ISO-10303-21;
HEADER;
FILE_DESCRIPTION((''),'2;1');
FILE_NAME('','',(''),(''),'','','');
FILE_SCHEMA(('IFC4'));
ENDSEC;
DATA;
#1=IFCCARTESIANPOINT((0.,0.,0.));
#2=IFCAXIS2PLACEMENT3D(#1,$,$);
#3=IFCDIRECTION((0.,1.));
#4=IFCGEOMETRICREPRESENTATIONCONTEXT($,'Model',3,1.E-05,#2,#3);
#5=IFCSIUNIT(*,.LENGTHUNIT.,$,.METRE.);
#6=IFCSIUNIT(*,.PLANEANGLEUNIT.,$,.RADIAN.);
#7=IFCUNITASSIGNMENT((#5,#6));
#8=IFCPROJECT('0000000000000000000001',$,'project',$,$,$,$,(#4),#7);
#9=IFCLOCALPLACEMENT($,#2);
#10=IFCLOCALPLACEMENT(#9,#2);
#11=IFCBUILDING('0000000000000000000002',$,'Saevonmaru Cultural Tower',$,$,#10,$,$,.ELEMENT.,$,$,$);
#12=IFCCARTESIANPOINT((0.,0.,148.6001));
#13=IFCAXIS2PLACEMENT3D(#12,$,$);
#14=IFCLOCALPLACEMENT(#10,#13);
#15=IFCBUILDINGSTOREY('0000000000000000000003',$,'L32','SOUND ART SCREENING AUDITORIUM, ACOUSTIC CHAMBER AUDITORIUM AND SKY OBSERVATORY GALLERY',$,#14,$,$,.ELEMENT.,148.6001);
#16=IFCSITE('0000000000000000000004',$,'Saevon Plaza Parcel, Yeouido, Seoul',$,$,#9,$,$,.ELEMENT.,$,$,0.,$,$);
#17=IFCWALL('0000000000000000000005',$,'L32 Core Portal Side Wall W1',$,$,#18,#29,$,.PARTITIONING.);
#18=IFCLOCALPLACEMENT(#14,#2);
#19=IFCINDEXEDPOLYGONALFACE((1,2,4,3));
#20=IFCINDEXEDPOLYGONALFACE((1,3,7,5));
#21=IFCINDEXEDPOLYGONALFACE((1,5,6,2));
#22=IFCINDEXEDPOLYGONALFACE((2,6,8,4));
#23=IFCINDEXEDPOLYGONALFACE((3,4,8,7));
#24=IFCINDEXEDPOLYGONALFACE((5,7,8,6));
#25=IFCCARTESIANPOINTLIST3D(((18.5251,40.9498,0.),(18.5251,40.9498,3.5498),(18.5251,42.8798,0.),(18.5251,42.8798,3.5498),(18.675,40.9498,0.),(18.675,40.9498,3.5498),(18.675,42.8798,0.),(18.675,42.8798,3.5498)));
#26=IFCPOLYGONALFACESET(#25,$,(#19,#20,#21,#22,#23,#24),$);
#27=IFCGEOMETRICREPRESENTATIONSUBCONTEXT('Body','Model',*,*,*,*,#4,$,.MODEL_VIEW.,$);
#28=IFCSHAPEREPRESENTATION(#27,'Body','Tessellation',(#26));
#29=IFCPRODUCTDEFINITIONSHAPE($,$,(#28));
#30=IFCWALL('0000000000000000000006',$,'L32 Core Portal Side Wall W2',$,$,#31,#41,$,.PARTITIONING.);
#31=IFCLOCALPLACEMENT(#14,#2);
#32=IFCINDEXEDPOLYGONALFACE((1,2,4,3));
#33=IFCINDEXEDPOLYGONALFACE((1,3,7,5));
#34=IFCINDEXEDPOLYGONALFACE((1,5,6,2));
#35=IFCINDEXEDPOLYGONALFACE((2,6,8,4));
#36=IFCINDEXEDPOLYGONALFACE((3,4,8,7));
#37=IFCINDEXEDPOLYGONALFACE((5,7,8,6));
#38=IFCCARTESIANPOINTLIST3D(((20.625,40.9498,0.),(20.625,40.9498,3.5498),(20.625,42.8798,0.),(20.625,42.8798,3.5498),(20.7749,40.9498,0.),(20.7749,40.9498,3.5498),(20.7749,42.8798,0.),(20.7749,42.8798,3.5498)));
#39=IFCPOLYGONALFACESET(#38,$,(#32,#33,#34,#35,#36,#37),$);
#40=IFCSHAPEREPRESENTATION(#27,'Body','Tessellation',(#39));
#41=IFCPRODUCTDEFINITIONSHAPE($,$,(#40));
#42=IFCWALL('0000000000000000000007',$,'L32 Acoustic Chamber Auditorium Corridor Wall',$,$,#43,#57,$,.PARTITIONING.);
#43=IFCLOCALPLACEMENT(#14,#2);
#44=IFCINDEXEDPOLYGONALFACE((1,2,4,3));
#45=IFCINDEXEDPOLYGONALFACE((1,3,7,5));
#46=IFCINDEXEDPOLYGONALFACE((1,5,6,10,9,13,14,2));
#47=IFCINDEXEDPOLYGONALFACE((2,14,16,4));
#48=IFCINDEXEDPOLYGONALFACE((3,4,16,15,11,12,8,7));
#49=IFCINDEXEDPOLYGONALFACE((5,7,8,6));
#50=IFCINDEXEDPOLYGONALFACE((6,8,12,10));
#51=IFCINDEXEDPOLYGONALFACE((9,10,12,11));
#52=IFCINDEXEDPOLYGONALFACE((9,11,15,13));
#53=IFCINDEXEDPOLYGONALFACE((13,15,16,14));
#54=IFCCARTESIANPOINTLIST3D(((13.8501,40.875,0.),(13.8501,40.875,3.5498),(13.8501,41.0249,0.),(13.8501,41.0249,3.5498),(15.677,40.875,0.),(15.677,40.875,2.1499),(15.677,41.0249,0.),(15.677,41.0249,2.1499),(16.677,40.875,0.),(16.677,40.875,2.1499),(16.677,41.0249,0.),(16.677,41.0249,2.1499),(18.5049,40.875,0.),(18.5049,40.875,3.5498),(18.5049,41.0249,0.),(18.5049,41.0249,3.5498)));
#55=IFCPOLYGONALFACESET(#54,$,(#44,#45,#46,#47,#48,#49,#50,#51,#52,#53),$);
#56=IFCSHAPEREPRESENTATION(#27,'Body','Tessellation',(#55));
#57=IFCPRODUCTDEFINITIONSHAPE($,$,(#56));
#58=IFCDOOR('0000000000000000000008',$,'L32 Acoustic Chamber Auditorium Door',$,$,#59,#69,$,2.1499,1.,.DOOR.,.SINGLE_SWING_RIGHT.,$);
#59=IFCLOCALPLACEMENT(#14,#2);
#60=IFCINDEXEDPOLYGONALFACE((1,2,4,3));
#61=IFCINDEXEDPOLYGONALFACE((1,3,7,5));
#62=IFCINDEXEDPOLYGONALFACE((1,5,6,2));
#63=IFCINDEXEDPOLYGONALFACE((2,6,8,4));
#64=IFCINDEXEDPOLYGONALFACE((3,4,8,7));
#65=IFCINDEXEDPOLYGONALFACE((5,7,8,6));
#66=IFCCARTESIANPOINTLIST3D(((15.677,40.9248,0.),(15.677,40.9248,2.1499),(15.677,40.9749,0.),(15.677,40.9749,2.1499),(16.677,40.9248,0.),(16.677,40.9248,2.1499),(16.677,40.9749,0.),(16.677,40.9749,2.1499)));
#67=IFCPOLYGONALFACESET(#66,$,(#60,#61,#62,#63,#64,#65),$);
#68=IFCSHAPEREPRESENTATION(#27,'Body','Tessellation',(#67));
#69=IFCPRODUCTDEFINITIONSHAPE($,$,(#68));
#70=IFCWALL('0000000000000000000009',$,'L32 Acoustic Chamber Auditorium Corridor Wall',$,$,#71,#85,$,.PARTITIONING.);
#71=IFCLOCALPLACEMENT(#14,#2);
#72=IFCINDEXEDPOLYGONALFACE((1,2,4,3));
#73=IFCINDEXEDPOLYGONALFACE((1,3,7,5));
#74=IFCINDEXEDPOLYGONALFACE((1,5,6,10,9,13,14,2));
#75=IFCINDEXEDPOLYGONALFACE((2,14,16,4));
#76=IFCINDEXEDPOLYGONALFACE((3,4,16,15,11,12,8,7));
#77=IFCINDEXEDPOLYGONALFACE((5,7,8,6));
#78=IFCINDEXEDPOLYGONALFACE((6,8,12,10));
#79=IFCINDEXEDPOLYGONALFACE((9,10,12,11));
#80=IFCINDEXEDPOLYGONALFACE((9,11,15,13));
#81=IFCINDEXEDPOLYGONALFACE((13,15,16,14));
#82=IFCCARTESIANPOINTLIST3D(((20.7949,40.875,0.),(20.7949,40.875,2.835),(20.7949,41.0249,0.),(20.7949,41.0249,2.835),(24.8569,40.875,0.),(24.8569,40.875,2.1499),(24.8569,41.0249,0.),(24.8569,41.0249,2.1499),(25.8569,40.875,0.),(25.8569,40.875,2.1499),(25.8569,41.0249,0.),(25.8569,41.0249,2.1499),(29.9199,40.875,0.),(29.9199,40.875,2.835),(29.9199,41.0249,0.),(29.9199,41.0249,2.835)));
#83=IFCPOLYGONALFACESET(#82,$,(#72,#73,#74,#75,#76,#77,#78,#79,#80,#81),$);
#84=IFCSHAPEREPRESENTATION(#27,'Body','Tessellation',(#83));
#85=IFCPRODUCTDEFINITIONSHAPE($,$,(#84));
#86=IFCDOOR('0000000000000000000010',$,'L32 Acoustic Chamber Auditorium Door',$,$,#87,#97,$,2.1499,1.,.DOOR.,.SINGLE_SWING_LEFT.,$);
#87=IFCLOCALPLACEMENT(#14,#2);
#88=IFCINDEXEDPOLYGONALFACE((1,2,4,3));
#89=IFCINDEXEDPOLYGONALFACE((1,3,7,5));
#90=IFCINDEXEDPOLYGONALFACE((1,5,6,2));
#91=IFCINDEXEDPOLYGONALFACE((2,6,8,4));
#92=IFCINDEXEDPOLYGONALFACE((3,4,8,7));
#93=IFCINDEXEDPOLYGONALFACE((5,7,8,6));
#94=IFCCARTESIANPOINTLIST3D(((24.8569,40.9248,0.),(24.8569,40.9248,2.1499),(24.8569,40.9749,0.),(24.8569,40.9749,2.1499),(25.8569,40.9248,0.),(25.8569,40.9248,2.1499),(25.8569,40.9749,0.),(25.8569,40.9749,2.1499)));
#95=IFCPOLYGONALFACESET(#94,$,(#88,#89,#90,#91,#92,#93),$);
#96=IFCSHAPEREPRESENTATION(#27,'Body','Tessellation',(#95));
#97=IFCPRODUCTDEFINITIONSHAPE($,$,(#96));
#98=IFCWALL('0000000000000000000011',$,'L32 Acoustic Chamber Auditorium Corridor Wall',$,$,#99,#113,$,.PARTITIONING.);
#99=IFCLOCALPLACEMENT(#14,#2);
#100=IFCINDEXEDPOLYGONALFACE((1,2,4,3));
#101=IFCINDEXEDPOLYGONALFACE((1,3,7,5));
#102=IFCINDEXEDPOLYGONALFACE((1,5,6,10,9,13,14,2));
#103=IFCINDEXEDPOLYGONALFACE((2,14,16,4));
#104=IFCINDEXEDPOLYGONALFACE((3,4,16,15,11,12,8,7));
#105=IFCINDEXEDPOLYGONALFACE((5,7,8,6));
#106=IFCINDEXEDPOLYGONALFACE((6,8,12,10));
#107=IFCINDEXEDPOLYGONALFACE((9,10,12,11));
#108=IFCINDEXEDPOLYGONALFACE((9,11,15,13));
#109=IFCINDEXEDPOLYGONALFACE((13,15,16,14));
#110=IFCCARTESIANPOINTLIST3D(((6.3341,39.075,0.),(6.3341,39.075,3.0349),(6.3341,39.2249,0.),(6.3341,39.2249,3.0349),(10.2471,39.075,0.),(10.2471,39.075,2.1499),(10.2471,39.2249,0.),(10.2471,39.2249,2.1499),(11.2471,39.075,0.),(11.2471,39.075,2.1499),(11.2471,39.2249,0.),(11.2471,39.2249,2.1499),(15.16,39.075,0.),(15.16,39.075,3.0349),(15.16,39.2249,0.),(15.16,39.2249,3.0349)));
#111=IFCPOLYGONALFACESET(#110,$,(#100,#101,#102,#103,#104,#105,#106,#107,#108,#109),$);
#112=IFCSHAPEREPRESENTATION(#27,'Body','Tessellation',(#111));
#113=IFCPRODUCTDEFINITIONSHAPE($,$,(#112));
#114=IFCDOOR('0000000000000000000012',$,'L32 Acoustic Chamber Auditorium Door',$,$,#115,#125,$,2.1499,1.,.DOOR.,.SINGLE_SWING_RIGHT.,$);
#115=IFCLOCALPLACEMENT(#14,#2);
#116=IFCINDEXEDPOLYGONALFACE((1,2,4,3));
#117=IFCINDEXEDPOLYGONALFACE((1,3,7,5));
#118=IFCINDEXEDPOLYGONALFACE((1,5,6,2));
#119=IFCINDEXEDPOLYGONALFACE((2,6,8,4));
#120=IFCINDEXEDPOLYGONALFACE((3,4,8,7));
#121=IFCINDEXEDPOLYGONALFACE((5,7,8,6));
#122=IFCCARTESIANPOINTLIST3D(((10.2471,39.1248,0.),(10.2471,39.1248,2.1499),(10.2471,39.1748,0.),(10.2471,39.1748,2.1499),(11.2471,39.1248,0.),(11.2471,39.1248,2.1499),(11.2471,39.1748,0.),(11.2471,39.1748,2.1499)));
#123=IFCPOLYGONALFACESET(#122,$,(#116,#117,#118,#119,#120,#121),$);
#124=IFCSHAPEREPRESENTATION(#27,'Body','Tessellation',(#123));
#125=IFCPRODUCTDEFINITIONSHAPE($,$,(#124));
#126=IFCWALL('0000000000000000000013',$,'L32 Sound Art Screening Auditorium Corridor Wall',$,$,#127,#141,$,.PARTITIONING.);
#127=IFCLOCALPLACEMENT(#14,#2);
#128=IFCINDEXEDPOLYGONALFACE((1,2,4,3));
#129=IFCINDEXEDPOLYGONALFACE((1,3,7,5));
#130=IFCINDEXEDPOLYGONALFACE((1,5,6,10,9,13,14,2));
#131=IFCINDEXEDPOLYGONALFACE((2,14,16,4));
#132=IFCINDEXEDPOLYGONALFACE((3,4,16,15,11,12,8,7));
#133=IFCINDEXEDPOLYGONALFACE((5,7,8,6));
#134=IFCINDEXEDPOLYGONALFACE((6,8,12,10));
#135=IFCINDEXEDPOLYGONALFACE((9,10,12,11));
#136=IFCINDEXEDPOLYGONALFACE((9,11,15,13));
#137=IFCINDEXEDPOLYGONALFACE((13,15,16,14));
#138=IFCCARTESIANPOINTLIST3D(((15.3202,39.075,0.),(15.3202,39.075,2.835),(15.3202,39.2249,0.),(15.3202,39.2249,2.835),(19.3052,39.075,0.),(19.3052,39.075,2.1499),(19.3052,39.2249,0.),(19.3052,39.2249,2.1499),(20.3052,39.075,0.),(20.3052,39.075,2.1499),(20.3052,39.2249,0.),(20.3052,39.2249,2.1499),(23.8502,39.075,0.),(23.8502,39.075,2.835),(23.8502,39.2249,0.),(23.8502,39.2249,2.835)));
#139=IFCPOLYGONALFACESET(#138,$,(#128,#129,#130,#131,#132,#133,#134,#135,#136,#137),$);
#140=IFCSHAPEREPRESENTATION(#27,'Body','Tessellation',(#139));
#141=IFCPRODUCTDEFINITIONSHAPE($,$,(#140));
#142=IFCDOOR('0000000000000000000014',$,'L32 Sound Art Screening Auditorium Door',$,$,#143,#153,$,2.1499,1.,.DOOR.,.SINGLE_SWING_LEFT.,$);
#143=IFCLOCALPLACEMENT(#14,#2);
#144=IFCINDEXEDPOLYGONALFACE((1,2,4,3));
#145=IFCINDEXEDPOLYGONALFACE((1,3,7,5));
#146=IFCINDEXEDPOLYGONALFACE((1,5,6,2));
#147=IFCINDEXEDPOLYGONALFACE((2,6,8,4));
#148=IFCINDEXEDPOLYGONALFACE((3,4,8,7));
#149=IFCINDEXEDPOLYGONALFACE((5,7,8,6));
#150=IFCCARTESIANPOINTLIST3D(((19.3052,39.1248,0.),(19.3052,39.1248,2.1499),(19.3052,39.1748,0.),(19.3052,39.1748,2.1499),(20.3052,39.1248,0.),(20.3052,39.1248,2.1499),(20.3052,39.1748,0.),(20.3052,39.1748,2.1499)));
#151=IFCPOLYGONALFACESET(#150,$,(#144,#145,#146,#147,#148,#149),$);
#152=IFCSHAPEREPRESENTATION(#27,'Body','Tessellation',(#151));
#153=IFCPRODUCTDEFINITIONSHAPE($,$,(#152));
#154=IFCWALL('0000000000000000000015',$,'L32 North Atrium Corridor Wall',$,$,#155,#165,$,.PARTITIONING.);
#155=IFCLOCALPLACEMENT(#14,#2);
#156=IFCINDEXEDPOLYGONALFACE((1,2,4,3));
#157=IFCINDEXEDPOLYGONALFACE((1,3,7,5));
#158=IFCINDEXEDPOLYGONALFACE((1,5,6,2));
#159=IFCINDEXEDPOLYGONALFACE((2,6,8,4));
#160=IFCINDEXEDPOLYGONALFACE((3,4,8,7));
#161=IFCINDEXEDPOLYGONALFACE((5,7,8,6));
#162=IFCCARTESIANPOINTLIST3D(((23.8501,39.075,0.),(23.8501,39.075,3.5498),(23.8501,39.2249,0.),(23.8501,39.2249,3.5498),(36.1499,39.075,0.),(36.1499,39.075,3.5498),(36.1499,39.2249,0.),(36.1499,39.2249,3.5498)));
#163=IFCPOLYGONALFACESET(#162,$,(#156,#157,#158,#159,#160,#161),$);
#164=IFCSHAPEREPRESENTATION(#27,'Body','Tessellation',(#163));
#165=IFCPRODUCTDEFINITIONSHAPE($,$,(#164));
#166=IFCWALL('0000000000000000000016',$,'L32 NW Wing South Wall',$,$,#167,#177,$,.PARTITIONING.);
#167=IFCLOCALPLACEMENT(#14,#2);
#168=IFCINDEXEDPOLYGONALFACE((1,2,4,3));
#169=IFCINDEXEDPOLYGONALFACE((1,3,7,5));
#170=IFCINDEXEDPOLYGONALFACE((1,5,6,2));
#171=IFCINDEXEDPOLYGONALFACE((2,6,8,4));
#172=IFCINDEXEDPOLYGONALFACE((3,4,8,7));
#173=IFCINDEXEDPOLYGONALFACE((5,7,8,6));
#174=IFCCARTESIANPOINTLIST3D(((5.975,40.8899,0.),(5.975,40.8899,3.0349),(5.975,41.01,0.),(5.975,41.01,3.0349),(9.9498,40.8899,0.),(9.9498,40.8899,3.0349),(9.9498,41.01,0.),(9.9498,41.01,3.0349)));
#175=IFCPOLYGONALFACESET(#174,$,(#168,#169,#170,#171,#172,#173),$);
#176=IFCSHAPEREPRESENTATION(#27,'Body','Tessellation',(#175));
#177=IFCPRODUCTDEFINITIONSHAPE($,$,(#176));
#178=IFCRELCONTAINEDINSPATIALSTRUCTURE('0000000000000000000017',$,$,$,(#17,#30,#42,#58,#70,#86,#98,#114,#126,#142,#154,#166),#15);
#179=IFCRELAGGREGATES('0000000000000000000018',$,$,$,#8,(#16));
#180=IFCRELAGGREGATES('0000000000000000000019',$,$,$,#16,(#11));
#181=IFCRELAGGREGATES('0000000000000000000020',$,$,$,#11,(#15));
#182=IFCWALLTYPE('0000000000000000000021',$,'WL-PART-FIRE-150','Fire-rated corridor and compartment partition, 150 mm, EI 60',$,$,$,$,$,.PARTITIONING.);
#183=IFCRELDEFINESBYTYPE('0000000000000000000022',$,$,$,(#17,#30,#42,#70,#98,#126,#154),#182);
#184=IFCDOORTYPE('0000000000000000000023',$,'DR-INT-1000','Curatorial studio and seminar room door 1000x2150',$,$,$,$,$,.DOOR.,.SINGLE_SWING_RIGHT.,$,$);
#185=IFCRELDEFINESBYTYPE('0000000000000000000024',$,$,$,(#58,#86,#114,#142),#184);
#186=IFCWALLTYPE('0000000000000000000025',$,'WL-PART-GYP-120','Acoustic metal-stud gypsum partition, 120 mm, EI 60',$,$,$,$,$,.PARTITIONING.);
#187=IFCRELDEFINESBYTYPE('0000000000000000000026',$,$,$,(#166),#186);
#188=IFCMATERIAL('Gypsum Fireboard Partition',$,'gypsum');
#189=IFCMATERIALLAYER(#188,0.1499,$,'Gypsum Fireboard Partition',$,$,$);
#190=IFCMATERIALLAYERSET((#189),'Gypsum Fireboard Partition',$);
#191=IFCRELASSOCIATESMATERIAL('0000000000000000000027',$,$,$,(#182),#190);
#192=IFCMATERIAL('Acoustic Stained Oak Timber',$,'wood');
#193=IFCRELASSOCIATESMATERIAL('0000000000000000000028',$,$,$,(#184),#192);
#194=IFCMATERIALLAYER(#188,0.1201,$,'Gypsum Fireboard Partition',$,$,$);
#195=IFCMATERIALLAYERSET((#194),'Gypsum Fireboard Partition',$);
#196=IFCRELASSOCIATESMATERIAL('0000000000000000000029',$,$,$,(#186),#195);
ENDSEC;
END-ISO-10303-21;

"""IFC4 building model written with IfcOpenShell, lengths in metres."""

from ifc_helpers import new_model, si_unit, direction, frame, frame_2d, origin, place, context, subcontext, project, spatial, rectangle, extrude, material, layer, layer_set, type_object, element, fill, save


model = new_model("IFC4")

# Units and contexts
model_context = context("Model", 3, precision=1e-05, world=origin(), true_north=direction((0.0, 1.0)))
body_context = subcontext(model_context, "Body", "Model", "MODEL_VIEW")
ifc_project = project(units=[si_unit("LENGTHUNIT", "METRE"), si_unit("PLANEANGLEUNIT", "RADIAN")], contexts=[model_context])

# Site, building, storey
site_placement = place(None, origin())
site = spatial("IfcSite", under=ifc_project, at=site_placement, Name="Saevon Plaza Parcel, Yeouido, Seoul", CompositionType="ELEMENT", RefElevation=0.0)
building_placement = place(site_placement, origin())
building = spatial("IfcBuilding", under=site, at=building_placement, Name="Saevonmaru Cultural Tower", CompositionType="ELEMENT")
storey_placement = place(building_placement, frame((0.0, 0.0, 148.6001)))
storey = spatial("IfcBuildingStorey", under=building, at=storey_placement, Name="L32", Description="SOUND ART SCREENING AUDITORIUM, ACOUSTIC CHAMBER AUDITORIUM AND SKY OBSERVATORY GALLERY", CompositionType="ELEMENT", Elevation=148.6001)

# Walls
ifc_material_1 = material(Name="Gypsum Fireboard Partition", Category="gypsum")
ifc_layer_1 = layer(ifc_material_1, 0.1499, Name="Gypsum Fireboard Partition")
ifc_layer_set_1 = layer_set([ifc_layer_1], Name="Gypsum Fireboard Partition")
wall_type_1 = type_object("IfcWallType", Name="WL-PART-FIRE-150", Description="Fire-rated corridor and compartment partition, 150 mm, EI 60", PredefinedType="PARTITIONING", material=ifc_layer_set_1)
for number, where, z_axis, x_axis, name in (
    (1, (18.6001, 40.95, 0.0), (0.0, 0.0, 1.0), (0.0, 1.0, 0.0), "L32 Core Portal Side Wall W1"),
    (2, (20.7, 40.95, 0.0), (0.0, 0.0, 1.0), (0.0, 1.0, 0.0), "L32 Core Portal Side Wall W2"),
):
    element("IfcWall", number, at=place(storey_placement, frame(where, z_axis=z_axis, x_axis=x_axis)), inside=storey, type_object=wall_type_1, Name=name, PredefinedType="PARTITIONING", context=body_context, shape_type="SweptSolid", body=[
        extrude(rectangle(XDim=1.9299, YDim=0.1499, at=frame_2d((0.9648, 0.0))), origin(), (0.0, 0.0, 1.0), 3.5498),
    ])

# Walls, openings, doors
wall_1_placement = place(storey_placement, frame((13.8501, 40.95, 0.0), z_axis=(0.0, 0.0, 1.0), x_axis=(1.0, 0.0, 0.0)))
wall_1 = element("IfcWall", 3, at=wall_1_placement, inside=storey, type_object=wall_type_1, Name="L32 Acoustic Chamber Auditorium Corridor Wall", PredefinedType="PARTITIONING", context=body_context, shape_type="SweptSolid", body=[
    extrude(rectangle(XDim=4.6548, YDim=0.1499, at=frame_2d((2.3274, 0.0))), origin(), (0.0, 0.0, 1.0), 3.5498),
])
opening_1_placement = place(wall_1_placement, frame((1.8269, 0.0, 0.0)))
opening_1 = element("IfcOpeningElement", 4, at=opening_1_placement, cuts=wall_1, PredefinedType="OPENING", context=body_context, shape_type="SweptSolid", body=[
    extrude(rectangle(XDim=1.0, YDim=2.1499, at=frame_2d((0.5, 1.075))), frame((0.0, 0.085, 0.0), z_axis=(0.0, -1.0, 0.0), x_axis=(1.0, 0.0, 0.0)), (0.0, 0.0, 1.0), 0.1699),
])
ifc_material_2 = material(Name="Acoustic Stained Oak Timber", Category="wood")
door_type = type_object("IfcDoorType", Name="DR-INT-1000", Description="Curatorial studio and seminar room door 1000x2150", OperationType="SINGLE_SWING_RIGHT", PredefinedType="DOOR", material=ifc_material_2)
door_1_placement = place(opening_1_placement, origin())
door_1 = element("IfcDoor", 5, at=door_1_placement, inside=storey, type_object=door_type, Name="L32 Acoustic Chamber Auditorium Door", OperationType="SINGLE_SWING_RIGHT", OverallHeight=2.1499, OverallWidth=1.0, PredefinedType="DOOR", context=body_context, shape_type="SweptSolid", body=[
    extrude(rectangle(XDim=1.0, YDim=2.1499, at=frame_2d((0.5, 1.075))), frame((0.0, 0.0249, 0.0), z_axis=(0.0, -1.0, 0.0), x_axis=(1.0, 0.0, 0.0)), (0.0, 0.0, 1.0), 0.05),
])
fill(opening_1, door_1)
wall_2_placement = place(storey_placement, frame((20.7949, 40.95, 0.0), z_axis=(0.0, 0.0, 1.0), x_axis=(1.0, 0.0, 0.0)))
wall_2 = element("IfcWall", 6, at=wall_2_placement, inside=storey, type_object=wall_type_1, Name="L32 Acoustic Chamber Auditorium Corridor Wall", PredefinedType="PARTITIONING", context=body_context, shape_type="SweptSolid", body=[
    extrude(rectangle(XDim=9.125, YDim=0.1499, at=frame_2d((4.5625, 0.0))), origin(), (0.0, 0.0, 1.0), 2.835),
])
opening_2_placement = place(wall_2_placement, frame((4.062, 0.0, 0.0)))
opening_2 = element("IfcOpeningElement", 7, at=opening_2_placement, cuts=wall_2, PredefinedType="OPENING", context=body_context, shape_type="SweptSolid", body=[
    extrude(rectangle(XDim=1.0, YDim=2.1499, at=frame_2d((0.5, 1.075))), frame((0.0, 0.085, 0.0), z_axis=(0.0, -1.0, 0.0), x_axis=(1.0, 0.0, 0.0)), (0.0, 0.0, 1.0), 0.1699),
])
door_2_placement = place(opening_2_placement, origin())
door_2 = element("IfcDoor", 8, at=door_2_placement, inside=storey, type_object=door_type, Name="L32 Acoustic Chamber Auditorium Door", OperationType="SINGLE_SWING_LEFT", OverallHeight=2.1499, OverallWidth=1.0, PredefinedType="DOOR", context=body_context, shape_type="SweptSolid", body=[
    extrude(rectangle(XDim=1.0, YDim=2.1499, at=frame_2d((0.5, 1.075))), frame((0.0, 0.0249, 0.0), z_axis=(0.0, -1.0, 0.0), x_axis=(1.0, 0.0, 0.0)), (0.0, 0.0, 1.0), 0.05),
])
fill(opening_2, door_2)
wall_3_placement = place(storey_placement, frame((6.334, 39.1499, 0.0), z_axis=(0.0, 0.0, 1.0), x_axis=(1.0, 0.0, 0.0)))
wall_3 = element("IfcWall", 9, at=wall_3_placement, inside=storey, type_object=wall_type_1, Name="L32 Acoustic Chamber Auditorium Corridor Wall", PredefinedType="PARTITIONING", context=body_context, shape_type="SweptSolid", body=[
    extrude(rectangle(XDim=8.8259, YDim=0.1499, at=frame_2d((4.4131, 0.0))), origin(), (0.0, 0.0, 1.0), 3.0349),
])
opening_3_placement = place(wall_3_placement, frame((3.9131, 0.0, 0.0)))
opening_3 = element("IfcOpeningElement", 10, at=opening_3_placement, cuts=wall_3, PredefinedType="OPENING", context=body_context, shape_type="SweptSolid", body=[
    extrude(rectangle(XDim=1.0, YDim=2.1499, at=frame_2d((0.5, 1.075))), frame((0.0, 0.085, 0.0), z_axis=(0.0, -1.0, 0.0), x_axis=(1.0, 0.0, 0.0)), (0.0, 0.0, 1.0), 0.1699),
])
door_3_placement = place(opening_3_placement, origin())
door_3 = element("IfcDoor", 11, at=door_3_placement, inside=storey, type_object=door_type, Name="L32 Acoustic Chamber Auditorium Door", OperationType="SINGLE_SWING_RIGHT", OverallHeight=2.1499, OverallWidth=1.0, PredefinedType="DOOR", context=body_context, shape_type="SweptSolid", body=[
    extrude(rectangle(XDim=1.0, YDim=2.1499, at=frame_2d((0.5, 1.075))), frame((0.0, 0.0249, 0.0), z_axis=(0.0, -1.0, 0.0), x_axis=(1.0, 0.0, 0.0)), (0.0, 0.0, 1.0), 0.05),
])
fill(opening_3, door_3)
wall_4_placement = place(storey_placement, frame((15.3201, 39.1499, 0.0), z_axis=(0.0, 0.0, 1.0), x_axis=(1.0, 0.0, 0.0)))
wall_4 = element("IfcWall", 12, at=wall_4_placement, inside=storey, type_object=wall_type_1, Name="L32 Sound Art Screening Auditorium Corridor Wall", PredefinedType="PARTITIONING", context=body_context, shape_type="SweptSolid", body=[
    extrude(rectangle(XDim=8.53, YDim=0.1499, at=frame_2d((4.2651, 0.0))), origin(), (0.0, 0.0, 1.0), 2.835),
])
opening_4_placement = place(wall_4_placement, frame((3.9851, 0.0, 0.0)))
opening_4 = element("IfcOpeningElement", 13, at=opening_4_placement, cuts=wall_4, PredefinedType="OPENING", context=body_context, shape_type="SweptSolid", body=[
    extrude(rectangle(XDim=1.0, YDim=2.1499, at=frame_2d((0.5, 1.075))), frame((0.0, 0.085, 0.0), z_axis=(0.0, -1.0, 0.0), x_axis=(1.0, 0.0, 0.0)), (0.0, 0.0, 1.0), 0.1699),
])
door_4_placement = place(opening_4_placement, origin())
door_4 = element("IfcDoor", 14, at=door_4_placement, inside=storey, type_object=door_type, Name="L32 Sound Art Screening Auditorium Door", OperationType="SINGLE_SWING_LEFT", OverallHeight=2.1499, OverallWidth=1.0, PredefinedType="DOOR", context=body_context, shape_type="SweptSolid", body=[
    extrude(rectangle(XDim=1.0, YDim=2.1499, at=frame_2d((0.5, 1.075))), frame((0.0, 0.0249, 0.0), z_axis=(0.0, -1.0, 0.0), x_axis=(1.0, 0.0, 0.0)), (0.0, 0.0, 1.0), 0.05),
])
fill(opening_4, door_4)

# Walls
wall_5_placement = place(storey_placement, frame((23.8501, 39.1499, 0.0), z_axis=(0.0, 0.0, 1.0), x_axis=(1.0, 0.0, 0.0)))
element("IfcWall", 15, at=wall_5_placement, inside=storey, type_object=wall_type_1, Name="L32 North Atrium Corridor Wall", PredefinedType="PARTITIONING", context=body_context, shape_type="SweptSolid", body=[
    extrude(rectangle(XDim=12.2998, YDim=0.1499, at=frame_2d((6.1499, 0.0))), origin(), (0.0, 0.0, 1.0), 3.5498),
])
ifc_layer_2 = layer(ifc_material_1, 0.1201, Name="Gypsum Fireboard Partition")
ifc_layer_set_2 = layer_set([ifc_layer_2], Name="Gypsum Fireboard Partition")
wall_type_2 = type_object("IfcWallType", Name="WL-PART-GYP-120", Description="Acoustic metal-stud gypsum partition, 120 mm, EI 60", PredefinedType="PARTITIONING", material=ifc_layer_set_2)
wall_6_placement = place(storey_placement, frame((5.9751, 40.95, 0.0), z_axis=(0.0, 0.0, 1.0), x_axis=(1.0, 0.0, 0.0)))
element("IfcWall", 16, at=wall_6_placement, inside=storey, type_object=wall_type_2, Name="L32 NW Wing South Wall", PredefinedType="PARTITIONING", context=body_context, shape_type="SweptSolid", body=[
    extrude(rectangle(XDim=3.9749, YDim=0.1201, at=frame_2d((1.9873, 0.0))), origin(), (0.0, 0.0, 1.0), 3.0349),
])

save(model, "model.ifc")
